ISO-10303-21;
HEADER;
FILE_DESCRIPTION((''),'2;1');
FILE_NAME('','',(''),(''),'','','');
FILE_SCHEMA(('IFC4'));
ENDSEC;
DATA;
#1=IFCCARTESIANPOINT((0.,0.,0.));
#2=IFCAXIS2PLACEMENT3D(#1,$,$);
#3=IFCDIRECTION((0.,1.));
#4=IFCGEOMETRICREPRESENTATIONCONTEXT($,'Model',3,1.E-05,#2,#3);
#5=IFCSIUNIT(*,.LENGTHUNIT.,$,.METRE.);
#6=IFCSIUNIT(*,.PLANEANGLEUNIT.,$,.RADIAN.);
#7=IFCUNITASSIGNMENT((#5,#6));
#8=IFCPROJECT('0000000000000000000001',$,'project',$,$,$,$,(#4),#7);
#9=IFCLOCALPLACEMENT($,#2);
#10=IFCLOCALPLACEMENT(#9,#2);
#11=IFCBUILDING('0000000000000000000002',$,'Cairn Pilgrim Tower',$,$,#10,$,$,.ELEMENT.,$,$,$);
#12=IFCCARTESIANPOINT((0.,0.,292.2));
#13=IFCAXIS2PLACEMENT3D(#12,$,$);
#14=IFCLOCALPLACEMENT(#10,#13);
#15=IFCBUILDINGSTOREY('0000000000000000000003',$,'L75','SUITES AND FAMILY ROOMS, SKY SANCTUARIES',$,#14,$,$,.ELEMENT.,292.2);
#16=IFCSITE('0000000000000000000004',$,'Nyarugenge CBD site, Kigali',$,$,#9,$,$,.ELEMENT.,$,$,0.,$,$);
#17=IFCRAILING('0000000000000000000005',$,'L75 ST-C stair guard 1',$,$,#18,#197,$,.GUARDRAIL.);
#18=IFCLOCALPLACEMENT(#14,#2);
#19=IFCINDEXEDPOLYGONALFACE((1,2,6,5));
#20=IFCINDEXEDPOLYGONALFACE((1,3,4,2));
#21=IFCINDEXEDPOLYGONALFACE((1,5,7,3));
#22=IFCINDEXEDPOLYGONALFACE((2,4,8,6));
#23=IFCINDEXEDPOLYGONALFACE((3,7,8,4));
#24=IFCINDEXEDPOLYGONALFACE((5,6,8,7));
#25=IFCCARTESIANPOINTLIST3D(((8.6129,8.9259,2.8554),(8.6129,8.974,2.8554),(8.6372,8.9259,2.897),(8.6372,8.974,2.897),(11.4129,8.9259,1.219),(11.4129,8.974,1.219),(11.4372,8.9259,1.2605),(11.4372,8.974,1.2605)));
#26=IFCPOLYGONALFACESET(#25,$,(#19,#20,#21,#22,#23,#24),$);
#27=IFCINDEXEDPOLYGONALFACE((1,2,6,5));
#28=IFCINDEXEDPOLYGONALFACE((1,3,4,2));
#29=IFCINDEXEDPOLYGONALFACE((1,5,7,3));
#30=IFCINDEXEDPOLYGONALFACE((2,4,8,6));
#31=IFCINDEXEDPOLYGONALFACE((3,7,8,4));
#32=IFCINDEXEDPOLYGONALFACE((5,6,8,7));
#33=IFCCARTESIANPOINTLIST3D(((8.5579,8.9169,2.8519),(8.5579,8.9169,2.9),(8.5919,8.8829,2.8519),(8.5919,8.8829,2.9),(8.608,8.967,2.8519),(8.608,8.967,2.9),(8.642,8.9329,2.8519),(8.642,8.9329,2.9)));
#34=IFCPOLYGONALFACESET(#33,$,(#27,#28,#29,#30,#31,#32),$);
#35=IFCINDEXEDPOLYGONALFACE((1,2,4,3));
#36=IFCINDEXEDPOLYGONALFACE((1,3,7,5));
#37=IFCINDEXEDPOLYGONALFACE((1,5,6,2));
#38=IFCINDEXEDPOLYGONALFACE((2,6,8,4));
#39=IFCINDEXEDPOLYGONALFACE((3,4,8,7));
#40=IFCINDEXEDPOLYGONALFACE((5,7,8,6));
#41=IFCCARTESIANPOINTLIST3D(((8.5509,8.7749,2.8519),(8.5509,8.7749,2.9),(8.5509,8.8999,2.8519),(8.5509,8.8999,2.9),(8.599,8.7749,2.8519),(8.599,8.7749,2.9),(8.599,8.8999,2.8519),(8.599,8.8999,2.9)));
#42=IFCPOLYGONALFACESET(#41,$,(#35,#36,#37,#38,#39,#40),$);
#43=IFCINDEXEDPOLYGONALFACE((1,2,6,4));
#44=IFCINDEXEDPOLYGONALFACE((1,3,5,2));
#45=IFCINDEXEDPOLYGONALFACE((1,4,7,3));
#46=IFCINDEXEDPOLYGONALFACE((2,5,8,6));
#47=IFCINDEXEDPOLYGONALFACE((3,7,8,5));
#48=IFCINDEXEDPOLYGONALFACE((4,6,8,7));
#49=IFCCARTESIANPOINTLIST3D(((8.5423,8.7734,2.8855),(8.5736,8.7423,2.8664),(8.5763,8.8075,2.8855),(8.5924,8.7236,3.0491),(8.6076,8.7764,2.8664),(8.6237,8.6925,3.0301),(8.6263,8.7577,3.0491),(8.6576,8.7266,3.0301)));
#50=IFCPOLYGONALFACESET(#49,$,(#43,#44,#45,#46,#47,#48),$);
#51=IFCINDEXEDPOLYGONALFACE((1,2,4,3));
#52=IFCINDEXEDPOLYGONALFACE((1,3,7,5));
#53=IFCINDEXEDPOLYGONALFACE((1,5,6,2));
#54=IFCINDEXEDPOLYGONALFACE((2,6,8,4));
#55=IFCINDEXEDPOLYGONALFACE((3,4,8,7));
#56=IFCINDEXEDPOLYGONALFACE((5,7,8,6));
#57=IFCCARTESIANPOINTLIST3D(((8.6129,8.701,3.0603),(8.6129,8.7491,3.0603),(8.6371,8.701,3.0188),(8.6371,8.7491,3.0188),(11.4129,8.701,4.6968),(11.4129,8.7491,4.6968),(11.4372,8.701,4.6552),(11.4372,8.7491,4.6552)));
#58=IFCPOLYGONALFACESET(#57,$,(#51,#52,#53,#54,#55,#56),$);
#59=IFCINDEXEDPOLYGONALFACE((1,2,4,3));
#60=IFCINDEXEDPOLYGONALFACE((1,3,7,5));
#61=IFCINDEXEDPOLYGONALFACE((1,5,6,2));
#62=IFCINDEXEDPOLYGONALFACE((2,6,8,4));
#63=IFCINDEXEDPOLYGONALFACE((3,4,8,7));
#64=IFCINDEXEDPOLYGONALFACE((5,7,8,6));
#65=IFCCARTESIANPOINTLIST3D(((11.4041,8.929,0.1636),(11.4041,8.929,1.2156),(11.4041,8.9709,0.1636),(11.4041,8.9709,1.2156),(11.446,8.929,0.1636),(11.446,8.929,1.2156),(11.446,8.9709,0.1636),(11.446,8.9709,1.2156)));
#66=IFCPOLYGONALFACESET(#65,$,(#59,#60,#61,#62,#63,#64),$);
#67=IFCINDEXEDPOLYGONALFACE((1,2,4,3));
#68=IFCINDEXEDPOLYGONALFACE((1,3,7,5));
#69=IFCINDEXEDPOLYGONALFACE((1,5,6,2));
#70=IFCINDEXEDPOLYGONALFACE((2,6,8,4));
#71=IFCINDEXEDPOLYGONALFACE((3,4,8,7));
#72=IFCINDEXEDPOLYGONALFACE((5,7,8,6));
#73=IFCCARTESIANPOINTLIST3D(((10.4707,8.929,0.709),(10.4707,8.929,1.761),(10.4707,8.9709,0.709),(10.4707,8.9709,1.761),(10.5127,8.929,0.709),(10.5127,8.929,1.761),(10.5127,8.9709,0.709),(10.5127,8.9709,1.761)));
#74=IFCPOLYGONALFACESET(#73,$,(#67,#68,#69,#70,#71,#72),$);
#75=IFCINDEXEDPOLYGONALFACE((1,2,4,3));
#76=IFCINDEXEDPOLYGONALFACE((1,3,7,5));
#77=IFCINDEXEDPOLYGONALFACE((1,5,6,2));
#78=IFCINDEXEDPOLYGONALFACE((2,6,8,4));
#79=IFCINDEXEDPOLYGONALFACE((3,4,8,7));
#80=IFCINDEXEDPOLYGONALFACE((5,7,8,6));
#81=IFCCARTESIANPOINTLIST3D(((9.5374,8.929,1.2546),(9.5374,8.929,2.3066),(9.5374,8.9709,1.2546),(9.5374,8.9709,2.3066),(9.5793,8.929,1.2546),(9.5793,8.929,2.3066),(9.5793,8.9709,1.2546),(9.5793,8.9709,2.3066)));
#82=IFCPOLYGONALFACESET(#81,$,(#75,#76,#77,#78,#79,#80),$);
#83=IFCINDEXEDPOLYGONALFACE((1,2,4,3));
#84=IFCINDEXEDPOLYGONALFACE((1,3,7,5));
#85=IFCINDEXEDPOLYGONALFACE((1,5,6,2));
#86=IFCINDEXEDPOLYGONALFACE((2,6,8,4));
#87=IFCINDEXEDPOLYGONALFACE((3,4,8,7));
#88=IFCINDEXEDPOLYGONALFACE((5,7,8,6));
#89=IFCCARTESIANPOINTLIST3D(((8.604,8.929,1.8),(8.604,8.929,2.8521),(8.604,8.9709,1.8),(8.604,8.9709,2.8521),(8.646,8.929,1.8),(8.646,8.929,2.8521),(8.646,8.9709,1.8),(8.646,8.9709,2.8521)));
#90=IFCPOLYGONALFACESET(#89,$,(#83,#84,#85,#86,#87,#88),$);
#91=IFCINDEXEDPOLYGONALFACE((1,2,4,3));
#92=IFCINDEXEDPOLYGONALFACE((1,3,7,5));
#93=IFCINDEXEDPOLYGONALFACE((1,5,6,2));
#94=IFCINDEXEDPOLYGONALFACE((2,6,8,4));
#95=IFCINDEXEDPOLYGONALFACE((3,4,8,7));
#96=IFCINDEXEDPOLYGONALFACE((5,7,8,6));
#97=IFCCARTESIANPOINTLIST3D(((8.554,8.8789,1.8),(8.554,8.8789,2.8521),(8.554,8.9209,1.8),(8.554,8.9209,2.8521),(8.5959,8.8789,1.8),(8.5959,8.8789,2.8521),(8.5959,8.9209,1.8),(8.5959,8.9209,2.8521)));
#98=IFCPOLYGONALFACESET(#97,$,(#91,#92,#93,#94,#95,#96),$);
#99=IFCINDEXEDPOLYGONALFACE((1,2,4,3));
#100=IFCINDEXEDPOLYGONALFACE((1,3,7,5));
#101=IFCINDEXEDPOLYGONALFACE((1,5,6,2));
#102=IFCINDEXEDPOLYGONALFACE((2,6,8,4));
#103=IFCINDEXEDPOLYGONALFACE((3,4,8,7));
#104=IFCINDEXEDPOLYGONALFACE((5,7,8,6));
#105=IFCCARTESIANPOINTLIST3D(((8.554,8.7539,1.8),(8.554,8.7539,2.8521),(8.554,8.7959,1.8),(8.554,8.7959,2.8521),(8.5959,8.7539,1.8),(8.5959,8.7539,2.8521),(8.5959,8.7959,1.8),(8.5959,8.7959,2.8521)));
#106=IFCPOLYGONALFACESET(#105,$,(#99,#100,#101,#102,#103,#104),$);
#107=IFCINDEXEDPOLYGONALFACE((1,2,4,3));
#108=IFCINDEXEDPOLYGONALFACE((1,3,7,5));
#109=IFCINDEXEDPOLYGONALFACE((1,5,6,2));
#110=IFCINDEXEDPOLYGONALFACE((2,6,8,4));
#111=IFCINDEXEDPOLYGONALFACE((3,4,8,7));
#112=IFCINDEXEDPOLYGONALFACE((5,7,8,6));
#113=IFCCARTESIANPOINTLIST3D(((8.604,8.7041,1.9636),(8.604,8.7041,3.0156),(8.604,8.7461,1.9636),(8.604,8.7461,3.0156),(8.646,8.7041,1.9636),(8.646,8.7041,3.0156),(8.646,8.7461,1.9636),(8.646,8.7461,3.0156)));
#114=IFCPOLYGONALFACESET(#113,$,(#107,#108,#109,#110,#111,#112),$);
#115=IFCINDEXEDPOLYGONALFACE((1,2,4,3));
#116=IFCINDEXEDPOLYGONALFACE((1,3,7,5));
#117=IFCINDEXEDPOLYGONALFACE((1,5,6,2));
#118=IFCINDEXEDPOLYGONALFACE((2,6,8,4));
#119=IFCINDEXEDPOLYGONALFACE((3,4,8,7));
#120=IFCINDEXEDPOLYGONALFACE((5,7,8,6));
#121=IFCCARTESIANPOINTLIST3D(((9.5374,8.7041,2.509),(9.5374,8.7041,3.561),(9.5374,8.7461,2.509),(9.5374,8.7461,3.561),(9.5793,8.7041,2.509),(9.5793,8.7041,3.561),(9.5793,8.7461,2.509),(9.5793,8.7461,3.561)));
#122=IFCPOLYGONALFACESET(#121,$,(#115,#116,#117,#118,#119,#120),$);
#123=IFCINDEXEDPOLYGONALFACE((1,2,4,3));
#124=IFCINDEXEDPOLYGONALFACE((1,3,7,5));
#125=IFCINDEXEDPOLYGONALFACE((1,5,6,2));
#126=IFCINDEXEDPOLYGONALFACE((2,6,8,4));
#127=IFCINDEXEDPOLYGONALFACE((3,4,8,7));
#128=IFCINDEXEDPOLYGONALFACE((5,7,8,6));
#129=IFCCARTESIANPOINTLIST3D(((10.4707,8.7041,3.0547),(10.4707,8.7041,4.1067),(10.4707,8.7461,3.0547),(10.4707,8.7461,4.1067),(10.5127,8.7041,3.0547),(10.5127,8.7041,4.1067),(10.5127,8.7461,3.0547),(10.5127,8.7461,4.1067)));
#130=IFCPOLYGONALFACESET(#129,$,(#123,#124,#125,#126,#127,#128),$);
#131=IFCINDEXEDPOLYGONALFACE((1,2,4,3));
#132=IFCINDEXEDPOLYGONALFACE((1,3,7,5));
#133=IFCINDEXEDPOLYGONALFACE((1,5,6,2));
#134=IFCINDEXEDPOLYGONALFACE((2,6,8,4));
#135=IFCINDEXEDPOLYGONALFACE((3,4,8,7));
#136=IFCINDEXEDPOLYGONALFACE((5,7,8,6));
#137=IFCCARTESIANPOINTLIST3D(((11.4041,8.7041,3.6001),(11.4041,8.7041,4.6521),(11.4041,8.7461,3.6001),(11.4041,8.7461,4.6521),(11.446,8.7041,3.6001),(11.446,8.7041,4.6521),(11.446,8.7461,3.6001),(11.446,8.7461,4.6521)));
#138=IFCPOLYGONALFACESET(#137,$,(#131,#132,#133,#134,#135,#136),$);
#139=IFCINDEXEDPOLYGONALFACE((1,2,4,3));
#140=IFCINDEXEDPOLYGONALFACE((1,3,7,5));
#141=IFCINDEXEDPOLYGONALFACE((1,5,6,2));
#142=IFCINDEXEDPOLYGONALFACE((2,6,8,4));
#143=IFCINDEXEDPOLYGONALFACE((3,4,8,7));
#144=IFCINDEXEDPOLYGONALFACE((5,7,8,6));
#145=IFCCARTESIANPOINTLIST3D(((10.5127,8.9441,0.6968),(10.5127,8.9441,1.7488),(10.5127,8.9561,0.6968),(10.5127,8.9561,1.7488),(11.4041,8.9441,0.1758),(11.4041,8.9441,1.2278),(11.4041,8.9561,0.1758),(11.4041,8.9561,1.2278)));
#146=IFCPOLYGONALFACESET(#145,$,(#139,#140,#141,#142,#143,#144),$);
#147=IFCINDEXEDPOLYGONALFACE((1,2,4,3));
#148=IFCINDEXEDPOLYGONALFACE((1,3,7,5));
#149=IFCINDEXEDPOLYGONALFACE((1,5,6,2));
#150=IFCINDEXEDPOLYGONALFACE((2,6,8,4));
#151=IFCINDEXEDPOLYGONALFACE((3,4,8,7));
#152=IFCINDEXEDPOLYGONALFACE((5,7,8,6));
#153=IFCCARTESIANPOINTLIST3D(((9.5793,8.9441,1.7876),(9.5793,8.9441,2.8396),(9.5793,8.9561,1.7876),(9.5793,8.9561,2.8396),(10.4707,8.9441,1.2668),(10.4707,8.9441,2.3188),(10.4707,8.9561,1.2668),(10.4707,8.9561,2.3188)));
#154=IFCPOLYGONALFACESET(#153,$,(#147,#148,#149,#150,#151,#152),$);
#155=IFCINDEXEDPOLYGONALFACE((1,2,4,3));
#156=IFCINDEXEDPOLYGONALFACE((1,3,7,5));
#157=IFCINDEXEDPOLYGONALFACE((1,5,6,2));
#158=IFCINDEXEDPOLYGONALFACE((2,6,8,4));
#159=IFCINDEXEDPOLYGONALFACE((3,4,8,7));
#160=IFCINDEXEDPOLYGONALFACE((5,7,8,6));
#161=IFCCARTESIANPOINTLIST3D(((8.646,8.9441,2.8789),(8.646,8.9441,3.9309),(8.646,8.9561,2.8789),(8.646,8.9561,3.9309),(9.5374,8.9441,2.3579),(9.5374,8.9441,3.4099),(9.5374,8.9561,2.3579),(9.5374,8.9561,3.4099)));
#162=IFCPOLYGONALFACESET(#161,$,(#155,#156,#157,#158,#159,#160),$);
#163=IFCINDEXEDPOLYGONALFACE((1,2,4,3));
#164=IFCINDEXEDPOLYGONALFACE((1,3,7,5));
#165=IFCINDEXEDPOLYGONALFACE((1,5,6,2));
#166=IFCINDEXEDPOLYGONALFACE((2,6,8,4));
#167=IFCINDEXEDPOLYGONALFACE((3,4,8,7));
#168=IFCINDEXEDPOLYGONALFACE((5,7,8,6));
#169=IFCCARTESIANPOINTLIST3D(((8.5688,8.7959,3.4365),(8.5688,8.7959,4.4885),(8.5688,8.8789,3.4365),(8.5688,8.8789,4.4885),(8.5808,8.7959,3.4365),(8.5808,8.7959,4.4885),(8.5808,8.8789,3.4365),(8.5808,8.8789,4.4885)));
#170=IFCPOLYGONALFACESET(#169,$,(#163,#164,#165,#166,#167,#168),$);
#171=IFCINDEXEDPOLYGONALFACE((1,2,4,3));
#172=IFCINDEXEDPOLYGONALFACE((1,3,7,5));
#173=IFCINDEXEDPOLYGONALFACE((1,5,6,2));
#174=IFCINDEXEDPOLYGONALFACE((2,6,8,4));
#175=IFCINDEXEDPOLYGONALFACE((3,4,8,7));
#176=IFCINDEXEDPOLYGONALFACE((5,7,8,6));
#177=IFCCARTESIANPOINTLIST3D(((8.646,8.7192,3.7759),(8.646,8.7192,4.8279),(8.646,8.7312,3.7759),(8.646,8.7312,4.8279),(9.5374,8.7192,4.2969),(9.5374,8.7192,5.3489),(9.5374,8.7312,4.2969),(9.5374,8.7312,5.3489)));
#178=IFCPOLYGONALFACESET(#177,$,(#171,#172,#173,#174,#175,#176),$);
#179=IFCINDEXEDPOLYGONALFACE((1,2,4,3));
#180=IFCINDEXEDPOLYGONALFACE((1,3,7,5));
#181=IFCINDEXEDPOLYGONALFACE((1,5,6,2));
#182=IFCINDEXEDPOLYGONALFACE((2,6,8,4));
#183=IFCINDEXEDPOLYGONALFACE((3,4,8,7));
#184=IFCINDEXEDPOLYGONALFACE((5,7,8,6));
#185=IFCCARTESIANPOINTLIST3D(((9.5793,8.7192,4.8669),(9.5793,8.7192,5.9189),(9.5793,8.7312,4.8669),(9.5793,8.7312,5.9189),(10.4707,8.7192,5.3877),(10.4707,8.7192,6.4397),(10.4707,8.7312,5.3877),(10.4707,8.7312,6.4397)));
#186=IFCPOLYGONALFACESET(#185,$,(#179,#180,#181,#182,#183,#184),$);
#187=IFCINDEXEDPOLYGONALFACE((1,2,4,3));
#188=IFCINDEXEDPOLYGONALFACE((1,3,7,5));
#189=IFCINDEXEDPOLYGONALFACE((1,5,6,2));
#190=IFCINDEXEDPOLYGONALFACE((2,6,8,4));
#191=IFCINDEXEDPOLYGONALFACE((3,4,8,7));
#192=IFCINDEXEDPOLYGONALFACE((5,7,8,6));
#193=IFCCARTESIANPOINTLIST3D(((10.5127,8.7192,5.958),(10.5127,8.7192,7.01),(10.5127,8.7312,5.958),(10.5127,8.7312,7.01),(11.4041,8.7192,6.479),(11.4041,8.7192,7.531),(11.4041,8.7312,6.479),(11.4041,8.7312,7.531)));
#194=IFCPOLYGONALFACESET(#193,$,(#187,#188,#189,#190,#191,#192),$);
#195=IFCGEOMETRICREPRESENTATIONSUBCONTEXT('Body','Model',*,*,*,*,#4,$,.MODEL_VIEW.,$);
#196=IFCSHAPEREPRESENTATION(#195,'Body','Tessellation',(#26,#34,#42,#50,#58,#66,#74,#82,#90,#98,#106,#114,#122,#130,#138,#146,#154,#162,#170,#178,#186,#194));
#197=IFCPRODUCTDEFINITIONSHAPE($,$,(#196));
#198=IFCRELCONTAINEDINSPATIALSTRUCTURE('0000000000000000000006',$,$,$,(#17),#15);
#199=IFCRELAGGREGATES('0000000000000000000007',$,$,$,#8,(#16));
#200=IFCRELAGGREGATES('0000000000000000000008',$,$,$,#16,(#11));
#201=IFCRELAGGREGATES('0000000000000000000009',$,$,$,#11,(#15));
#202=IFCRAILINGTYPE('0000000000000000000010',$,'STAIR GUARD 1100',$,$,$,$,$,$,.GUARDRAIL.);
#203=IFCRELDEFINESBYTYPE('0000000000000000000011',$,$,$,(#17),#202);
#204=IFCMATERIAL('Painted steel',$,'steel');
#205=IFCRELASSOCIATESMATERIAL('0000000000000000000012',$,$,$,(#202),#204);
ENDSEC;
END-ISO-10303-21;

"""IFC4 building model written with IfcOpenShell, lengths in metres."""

from ifc_helpers import new_model, si_unit, direction, frame, origin, origin_2d, place, context, subcontext, project, spatial, polyline, rectangle, outline, extrude, material, type_object, element, save


model = new_model("IFC4")

# Units and contexts
model_context = context("Model", 3, precision=1e-05, world=origin(), true_north=direction((0.0, 1.0)))
body_context = subcontext(model_context, "Body", "Model", "MODEL_VIEW")
ifc_project = project(units=[si_unit("LENGTHUNIT", "METRE"), si_unit("PLANEANGLEUNIT", "RADIAN")], contexts=[model_context])

# Site, building, storey
site_placement = place(None, origin())
site = spatial("IfcSite", under=ifc_project, at=site_placement, Name="Nyarugenge CBD site, Kigali", CompositionType="ELEMENT", RefElevation=0.0)
building_placement = place(site_placement, origin())
building = spatial("IfcBuilding", under=site, at=building_placement, Name="Cairn Pilgrim Tower", CompositionType="ELEMENT")
storey_placement = place(building_placement, frame((0.0, 0.0, 292.2)))
storey = spatial("IfcBuildingStorey", under=building, at=storey_placement, Name="L75", Description="SUITES AND FAMILY ROOMS, SKY SANCTUARIES", CompositionType="ELEMENT", Elevation=292.2)

# Shared definitions
ifc_material_1 = material(Name="Painted steel", Category="steel")

# Railing
railing_type_1 = type_object("IfcRailingType", Name="STAIR GUARD 1100", PredefinedType="GUARDRAIL", material=ifc_material_1)
railing_1_placement = place(storey_placement, frame((11.425, 8.95, 0.1636)))
element("IfcRailing", 1, at=railing_1_placement, inside=storey, type_object=railing_type_1, Name="L75 ST-C stair guard 1", PredefinedType="GUARDRAIL", context=body_context, shape_type="SweptSolid", body=[
    extrude(rectangle(XDim=0.0481, YDim=0.0481, at=origin_2d()), frame((0.0, 0.0, 1.0762), z_axis=(-0.863361, 0.0, 0.504587), x_axis=(0.0, -1.0, 0.0)), (0.0, 0.0, 1.0), 3.2432),
    extrude(rectangle(XDim=0.0481, YDim=0.0481, at=origin_2d()), frame((-2.8, 0.0, 2.7124), z_axis=(-0.707107, -0.707107, 0.0), x_axis=(0.707107, -0.707107, 0.0)), (0.0, 0.0, 1.0), 0.0708),
    extrude(rectangle(XDim=0.0481, YDim=0.0481, at=origin_2d()), frame((-2.8501, -0.05, 2.7124), z_axis=(0.0, -1.0, 0.0), x_axis=(1.0, 0.0, 0.0)), (0.0, 0.0, 1.0), 0.125),
    extrude(rectangle(XDim=0.0481, YDim=0.0481, at=origin_2d()), frame((-2.8501, -0.175, 2.7124), z_axis=(0.280917, -0.279546, 0.918118), x_axis=(0.705376, 0.708834, 0.0)), (0.0, 0.0, 1.0), 0.1782),
    extrude(rectangle(XDim=0.0481, YDim=0.0481, at=origin_2d()), frame((-2.8, -0.2249, 2.876), z_axis=(0.863361, 0.0, 0.504587), x_axis=(0.0, 1.0, 0.0)), (0.0, 0.0, 1.0), 3.2432),
    extrude(rectangle(XDim=0.042, YDim=0.042, at=origin_2d()), origin(), (0.0, 0.0, 1.0), 1.052),
    extrude(rectangle(XDim=0.042, YDim=0.042, at=origin_2d()), frame((-0.9333, 0.0, 0.5454)), (0.0, 0.0, 1.0), 1.052),
    extrude(rectangle(XDim=0.042, YDim=0.042, at=origin_2d()), frame((-1.8667, 0.0, 1.0911)), (0.0, 0.0, 1.0), 1.052),
    extrude(rectangle(XDim=0.042, YDim=0.042, at=origin_2d()), frame((-2.8, 0.0, 1.6365)), (0.0, 0.0, 1.0), 1.052),
    extrude(rectangle(XDim=0.042, YDim=0.042, at=origin_2d()), frame((-2.8501, -0.05, 1.6365)), (0.0, 0.0, 1.0), 1.052),
    extrude(rectangle(XDim=0.042, YDim=0.042, at=origin_2d()), frame((-2.8501, -0.175, 1.6365)), (0.0, 0.0, 1.0), 1.052),
    extrude(rectangle(XDim=0.042, YDim=0.042, at=origin_2d()), frame((-2.8, -0.2249, 1.8)), (0.0, 0.0, 1.0), 1.052),
    extrude(rectangle(XDim=0.042, YDim=0.042, at=origin_2d()), frame((-1.8667, -0.2249, 2.3455)), (0.0, 0.0, 1.0), 1.052),
    extrude(rectangle(XDim=0.042, YDim=0.042, at=origin_2d()), frame((-0.9333, -0.2249, 2.8911)), (0.0, 0.0, 1.0), 1.052),
    extrude(rectangle(XDim=0.042, YDim=0.042, at=origin_2d()), frame((0.0, -0.2249, 3.4365)), (0.0, 0.0, 1.0), 1.052),
    extrude(outline(polyline([(0.021, 0.0122), (0.9124, 0.5332), (0.9124, 1.5852), (0.021, 1.0642), (0.021, 0.0122)])), frame((0.0, -0.0059, 0.0), z_axis=(0.0, 1.0, 0.0), x_axis=(-1.0, 0.0, 0.0)), (0.0, 0.0, 1.0), 0.012),
    extrude(outline(polyline([(0.021, 0.5579), (0.9124, 1.0786), (0.9124, 2.1306), (0.021, 1.6099), (0.021, 0.5579)])), frame((-0.9333, -0.0059, 0.5454), z_axis=(0.0, 1.0, 0.0), x_axis=(-1.0, 0.0, 0.0)), (0.0, 0.0, 1.0), 0.012),
    extrude(outline(polyline([(0.021, 1.1033), (0.9124, 1.6243), (0.9124, 2.6763), (0.021, 2.1553), (0.021, 1.1033)])), frame((-1.8667, -0.0059, 1.0911), z_axis=(0.0, 1.0, 0.0), x_axis=(-1.0, 0.0, 0.0)), (0.0, 0.0, 1.0), 0.012),
    extrude(outline(polyline([(0.021, 1.6365), (0.104, 1.6365), (0.104, 2.6885), (0.021, 2.6885), (0.021, 1.6365)])), frame((-2.8442, -0.05, 1.6365), z_axis=(-1.0, 0.0, 0.0), x_axis=(0.0, -1.0, 0.0)), (0.0, 0.0, 1.0), 0.012),
    extrude(outline(polyline([(0.021, 1.8123), (0.9124, 2.3333), (0.9124, 3.3853), (0.021, 2.8643), (0.021, 1.8123)])), frame((-2.8, -0.2188, 1.8), z_axis=(0.0, -1.0, 0.0), x_axis=(1.0, 0.0, 0.0)), (0.0, 0.0, 1.0), 0.012),
    extrude(outline(polyline([(0.021, 2.3579), (0.9124, 2.8787), (0.9124, 3.9307), (0.021, 3.4099), (0.021, 2.3579)])), frame((-1.8667, -0.2188, 2.3455), z_axis=(0.0, -1.0, 0.0), x_axis=(1.0, 0.0, 0.0)), (0.0, 0.0, 1.0), 0.012),
    extrude(outline(polyline([(0.021, 2.9033), (0.9124, 3.4243), (0.9124, 4.4763), (0.021, 3.9553), (0.021, 2.9033)])), frame((-0.9333, -0.2188, 2.8911), z_axis=(0.0, -1.0, 0.0), x_axis=(1.0, 0.0, 0.0)), (0.0, 0.0, 1.0), 0.012),
])

save(model, "model.ifc")
